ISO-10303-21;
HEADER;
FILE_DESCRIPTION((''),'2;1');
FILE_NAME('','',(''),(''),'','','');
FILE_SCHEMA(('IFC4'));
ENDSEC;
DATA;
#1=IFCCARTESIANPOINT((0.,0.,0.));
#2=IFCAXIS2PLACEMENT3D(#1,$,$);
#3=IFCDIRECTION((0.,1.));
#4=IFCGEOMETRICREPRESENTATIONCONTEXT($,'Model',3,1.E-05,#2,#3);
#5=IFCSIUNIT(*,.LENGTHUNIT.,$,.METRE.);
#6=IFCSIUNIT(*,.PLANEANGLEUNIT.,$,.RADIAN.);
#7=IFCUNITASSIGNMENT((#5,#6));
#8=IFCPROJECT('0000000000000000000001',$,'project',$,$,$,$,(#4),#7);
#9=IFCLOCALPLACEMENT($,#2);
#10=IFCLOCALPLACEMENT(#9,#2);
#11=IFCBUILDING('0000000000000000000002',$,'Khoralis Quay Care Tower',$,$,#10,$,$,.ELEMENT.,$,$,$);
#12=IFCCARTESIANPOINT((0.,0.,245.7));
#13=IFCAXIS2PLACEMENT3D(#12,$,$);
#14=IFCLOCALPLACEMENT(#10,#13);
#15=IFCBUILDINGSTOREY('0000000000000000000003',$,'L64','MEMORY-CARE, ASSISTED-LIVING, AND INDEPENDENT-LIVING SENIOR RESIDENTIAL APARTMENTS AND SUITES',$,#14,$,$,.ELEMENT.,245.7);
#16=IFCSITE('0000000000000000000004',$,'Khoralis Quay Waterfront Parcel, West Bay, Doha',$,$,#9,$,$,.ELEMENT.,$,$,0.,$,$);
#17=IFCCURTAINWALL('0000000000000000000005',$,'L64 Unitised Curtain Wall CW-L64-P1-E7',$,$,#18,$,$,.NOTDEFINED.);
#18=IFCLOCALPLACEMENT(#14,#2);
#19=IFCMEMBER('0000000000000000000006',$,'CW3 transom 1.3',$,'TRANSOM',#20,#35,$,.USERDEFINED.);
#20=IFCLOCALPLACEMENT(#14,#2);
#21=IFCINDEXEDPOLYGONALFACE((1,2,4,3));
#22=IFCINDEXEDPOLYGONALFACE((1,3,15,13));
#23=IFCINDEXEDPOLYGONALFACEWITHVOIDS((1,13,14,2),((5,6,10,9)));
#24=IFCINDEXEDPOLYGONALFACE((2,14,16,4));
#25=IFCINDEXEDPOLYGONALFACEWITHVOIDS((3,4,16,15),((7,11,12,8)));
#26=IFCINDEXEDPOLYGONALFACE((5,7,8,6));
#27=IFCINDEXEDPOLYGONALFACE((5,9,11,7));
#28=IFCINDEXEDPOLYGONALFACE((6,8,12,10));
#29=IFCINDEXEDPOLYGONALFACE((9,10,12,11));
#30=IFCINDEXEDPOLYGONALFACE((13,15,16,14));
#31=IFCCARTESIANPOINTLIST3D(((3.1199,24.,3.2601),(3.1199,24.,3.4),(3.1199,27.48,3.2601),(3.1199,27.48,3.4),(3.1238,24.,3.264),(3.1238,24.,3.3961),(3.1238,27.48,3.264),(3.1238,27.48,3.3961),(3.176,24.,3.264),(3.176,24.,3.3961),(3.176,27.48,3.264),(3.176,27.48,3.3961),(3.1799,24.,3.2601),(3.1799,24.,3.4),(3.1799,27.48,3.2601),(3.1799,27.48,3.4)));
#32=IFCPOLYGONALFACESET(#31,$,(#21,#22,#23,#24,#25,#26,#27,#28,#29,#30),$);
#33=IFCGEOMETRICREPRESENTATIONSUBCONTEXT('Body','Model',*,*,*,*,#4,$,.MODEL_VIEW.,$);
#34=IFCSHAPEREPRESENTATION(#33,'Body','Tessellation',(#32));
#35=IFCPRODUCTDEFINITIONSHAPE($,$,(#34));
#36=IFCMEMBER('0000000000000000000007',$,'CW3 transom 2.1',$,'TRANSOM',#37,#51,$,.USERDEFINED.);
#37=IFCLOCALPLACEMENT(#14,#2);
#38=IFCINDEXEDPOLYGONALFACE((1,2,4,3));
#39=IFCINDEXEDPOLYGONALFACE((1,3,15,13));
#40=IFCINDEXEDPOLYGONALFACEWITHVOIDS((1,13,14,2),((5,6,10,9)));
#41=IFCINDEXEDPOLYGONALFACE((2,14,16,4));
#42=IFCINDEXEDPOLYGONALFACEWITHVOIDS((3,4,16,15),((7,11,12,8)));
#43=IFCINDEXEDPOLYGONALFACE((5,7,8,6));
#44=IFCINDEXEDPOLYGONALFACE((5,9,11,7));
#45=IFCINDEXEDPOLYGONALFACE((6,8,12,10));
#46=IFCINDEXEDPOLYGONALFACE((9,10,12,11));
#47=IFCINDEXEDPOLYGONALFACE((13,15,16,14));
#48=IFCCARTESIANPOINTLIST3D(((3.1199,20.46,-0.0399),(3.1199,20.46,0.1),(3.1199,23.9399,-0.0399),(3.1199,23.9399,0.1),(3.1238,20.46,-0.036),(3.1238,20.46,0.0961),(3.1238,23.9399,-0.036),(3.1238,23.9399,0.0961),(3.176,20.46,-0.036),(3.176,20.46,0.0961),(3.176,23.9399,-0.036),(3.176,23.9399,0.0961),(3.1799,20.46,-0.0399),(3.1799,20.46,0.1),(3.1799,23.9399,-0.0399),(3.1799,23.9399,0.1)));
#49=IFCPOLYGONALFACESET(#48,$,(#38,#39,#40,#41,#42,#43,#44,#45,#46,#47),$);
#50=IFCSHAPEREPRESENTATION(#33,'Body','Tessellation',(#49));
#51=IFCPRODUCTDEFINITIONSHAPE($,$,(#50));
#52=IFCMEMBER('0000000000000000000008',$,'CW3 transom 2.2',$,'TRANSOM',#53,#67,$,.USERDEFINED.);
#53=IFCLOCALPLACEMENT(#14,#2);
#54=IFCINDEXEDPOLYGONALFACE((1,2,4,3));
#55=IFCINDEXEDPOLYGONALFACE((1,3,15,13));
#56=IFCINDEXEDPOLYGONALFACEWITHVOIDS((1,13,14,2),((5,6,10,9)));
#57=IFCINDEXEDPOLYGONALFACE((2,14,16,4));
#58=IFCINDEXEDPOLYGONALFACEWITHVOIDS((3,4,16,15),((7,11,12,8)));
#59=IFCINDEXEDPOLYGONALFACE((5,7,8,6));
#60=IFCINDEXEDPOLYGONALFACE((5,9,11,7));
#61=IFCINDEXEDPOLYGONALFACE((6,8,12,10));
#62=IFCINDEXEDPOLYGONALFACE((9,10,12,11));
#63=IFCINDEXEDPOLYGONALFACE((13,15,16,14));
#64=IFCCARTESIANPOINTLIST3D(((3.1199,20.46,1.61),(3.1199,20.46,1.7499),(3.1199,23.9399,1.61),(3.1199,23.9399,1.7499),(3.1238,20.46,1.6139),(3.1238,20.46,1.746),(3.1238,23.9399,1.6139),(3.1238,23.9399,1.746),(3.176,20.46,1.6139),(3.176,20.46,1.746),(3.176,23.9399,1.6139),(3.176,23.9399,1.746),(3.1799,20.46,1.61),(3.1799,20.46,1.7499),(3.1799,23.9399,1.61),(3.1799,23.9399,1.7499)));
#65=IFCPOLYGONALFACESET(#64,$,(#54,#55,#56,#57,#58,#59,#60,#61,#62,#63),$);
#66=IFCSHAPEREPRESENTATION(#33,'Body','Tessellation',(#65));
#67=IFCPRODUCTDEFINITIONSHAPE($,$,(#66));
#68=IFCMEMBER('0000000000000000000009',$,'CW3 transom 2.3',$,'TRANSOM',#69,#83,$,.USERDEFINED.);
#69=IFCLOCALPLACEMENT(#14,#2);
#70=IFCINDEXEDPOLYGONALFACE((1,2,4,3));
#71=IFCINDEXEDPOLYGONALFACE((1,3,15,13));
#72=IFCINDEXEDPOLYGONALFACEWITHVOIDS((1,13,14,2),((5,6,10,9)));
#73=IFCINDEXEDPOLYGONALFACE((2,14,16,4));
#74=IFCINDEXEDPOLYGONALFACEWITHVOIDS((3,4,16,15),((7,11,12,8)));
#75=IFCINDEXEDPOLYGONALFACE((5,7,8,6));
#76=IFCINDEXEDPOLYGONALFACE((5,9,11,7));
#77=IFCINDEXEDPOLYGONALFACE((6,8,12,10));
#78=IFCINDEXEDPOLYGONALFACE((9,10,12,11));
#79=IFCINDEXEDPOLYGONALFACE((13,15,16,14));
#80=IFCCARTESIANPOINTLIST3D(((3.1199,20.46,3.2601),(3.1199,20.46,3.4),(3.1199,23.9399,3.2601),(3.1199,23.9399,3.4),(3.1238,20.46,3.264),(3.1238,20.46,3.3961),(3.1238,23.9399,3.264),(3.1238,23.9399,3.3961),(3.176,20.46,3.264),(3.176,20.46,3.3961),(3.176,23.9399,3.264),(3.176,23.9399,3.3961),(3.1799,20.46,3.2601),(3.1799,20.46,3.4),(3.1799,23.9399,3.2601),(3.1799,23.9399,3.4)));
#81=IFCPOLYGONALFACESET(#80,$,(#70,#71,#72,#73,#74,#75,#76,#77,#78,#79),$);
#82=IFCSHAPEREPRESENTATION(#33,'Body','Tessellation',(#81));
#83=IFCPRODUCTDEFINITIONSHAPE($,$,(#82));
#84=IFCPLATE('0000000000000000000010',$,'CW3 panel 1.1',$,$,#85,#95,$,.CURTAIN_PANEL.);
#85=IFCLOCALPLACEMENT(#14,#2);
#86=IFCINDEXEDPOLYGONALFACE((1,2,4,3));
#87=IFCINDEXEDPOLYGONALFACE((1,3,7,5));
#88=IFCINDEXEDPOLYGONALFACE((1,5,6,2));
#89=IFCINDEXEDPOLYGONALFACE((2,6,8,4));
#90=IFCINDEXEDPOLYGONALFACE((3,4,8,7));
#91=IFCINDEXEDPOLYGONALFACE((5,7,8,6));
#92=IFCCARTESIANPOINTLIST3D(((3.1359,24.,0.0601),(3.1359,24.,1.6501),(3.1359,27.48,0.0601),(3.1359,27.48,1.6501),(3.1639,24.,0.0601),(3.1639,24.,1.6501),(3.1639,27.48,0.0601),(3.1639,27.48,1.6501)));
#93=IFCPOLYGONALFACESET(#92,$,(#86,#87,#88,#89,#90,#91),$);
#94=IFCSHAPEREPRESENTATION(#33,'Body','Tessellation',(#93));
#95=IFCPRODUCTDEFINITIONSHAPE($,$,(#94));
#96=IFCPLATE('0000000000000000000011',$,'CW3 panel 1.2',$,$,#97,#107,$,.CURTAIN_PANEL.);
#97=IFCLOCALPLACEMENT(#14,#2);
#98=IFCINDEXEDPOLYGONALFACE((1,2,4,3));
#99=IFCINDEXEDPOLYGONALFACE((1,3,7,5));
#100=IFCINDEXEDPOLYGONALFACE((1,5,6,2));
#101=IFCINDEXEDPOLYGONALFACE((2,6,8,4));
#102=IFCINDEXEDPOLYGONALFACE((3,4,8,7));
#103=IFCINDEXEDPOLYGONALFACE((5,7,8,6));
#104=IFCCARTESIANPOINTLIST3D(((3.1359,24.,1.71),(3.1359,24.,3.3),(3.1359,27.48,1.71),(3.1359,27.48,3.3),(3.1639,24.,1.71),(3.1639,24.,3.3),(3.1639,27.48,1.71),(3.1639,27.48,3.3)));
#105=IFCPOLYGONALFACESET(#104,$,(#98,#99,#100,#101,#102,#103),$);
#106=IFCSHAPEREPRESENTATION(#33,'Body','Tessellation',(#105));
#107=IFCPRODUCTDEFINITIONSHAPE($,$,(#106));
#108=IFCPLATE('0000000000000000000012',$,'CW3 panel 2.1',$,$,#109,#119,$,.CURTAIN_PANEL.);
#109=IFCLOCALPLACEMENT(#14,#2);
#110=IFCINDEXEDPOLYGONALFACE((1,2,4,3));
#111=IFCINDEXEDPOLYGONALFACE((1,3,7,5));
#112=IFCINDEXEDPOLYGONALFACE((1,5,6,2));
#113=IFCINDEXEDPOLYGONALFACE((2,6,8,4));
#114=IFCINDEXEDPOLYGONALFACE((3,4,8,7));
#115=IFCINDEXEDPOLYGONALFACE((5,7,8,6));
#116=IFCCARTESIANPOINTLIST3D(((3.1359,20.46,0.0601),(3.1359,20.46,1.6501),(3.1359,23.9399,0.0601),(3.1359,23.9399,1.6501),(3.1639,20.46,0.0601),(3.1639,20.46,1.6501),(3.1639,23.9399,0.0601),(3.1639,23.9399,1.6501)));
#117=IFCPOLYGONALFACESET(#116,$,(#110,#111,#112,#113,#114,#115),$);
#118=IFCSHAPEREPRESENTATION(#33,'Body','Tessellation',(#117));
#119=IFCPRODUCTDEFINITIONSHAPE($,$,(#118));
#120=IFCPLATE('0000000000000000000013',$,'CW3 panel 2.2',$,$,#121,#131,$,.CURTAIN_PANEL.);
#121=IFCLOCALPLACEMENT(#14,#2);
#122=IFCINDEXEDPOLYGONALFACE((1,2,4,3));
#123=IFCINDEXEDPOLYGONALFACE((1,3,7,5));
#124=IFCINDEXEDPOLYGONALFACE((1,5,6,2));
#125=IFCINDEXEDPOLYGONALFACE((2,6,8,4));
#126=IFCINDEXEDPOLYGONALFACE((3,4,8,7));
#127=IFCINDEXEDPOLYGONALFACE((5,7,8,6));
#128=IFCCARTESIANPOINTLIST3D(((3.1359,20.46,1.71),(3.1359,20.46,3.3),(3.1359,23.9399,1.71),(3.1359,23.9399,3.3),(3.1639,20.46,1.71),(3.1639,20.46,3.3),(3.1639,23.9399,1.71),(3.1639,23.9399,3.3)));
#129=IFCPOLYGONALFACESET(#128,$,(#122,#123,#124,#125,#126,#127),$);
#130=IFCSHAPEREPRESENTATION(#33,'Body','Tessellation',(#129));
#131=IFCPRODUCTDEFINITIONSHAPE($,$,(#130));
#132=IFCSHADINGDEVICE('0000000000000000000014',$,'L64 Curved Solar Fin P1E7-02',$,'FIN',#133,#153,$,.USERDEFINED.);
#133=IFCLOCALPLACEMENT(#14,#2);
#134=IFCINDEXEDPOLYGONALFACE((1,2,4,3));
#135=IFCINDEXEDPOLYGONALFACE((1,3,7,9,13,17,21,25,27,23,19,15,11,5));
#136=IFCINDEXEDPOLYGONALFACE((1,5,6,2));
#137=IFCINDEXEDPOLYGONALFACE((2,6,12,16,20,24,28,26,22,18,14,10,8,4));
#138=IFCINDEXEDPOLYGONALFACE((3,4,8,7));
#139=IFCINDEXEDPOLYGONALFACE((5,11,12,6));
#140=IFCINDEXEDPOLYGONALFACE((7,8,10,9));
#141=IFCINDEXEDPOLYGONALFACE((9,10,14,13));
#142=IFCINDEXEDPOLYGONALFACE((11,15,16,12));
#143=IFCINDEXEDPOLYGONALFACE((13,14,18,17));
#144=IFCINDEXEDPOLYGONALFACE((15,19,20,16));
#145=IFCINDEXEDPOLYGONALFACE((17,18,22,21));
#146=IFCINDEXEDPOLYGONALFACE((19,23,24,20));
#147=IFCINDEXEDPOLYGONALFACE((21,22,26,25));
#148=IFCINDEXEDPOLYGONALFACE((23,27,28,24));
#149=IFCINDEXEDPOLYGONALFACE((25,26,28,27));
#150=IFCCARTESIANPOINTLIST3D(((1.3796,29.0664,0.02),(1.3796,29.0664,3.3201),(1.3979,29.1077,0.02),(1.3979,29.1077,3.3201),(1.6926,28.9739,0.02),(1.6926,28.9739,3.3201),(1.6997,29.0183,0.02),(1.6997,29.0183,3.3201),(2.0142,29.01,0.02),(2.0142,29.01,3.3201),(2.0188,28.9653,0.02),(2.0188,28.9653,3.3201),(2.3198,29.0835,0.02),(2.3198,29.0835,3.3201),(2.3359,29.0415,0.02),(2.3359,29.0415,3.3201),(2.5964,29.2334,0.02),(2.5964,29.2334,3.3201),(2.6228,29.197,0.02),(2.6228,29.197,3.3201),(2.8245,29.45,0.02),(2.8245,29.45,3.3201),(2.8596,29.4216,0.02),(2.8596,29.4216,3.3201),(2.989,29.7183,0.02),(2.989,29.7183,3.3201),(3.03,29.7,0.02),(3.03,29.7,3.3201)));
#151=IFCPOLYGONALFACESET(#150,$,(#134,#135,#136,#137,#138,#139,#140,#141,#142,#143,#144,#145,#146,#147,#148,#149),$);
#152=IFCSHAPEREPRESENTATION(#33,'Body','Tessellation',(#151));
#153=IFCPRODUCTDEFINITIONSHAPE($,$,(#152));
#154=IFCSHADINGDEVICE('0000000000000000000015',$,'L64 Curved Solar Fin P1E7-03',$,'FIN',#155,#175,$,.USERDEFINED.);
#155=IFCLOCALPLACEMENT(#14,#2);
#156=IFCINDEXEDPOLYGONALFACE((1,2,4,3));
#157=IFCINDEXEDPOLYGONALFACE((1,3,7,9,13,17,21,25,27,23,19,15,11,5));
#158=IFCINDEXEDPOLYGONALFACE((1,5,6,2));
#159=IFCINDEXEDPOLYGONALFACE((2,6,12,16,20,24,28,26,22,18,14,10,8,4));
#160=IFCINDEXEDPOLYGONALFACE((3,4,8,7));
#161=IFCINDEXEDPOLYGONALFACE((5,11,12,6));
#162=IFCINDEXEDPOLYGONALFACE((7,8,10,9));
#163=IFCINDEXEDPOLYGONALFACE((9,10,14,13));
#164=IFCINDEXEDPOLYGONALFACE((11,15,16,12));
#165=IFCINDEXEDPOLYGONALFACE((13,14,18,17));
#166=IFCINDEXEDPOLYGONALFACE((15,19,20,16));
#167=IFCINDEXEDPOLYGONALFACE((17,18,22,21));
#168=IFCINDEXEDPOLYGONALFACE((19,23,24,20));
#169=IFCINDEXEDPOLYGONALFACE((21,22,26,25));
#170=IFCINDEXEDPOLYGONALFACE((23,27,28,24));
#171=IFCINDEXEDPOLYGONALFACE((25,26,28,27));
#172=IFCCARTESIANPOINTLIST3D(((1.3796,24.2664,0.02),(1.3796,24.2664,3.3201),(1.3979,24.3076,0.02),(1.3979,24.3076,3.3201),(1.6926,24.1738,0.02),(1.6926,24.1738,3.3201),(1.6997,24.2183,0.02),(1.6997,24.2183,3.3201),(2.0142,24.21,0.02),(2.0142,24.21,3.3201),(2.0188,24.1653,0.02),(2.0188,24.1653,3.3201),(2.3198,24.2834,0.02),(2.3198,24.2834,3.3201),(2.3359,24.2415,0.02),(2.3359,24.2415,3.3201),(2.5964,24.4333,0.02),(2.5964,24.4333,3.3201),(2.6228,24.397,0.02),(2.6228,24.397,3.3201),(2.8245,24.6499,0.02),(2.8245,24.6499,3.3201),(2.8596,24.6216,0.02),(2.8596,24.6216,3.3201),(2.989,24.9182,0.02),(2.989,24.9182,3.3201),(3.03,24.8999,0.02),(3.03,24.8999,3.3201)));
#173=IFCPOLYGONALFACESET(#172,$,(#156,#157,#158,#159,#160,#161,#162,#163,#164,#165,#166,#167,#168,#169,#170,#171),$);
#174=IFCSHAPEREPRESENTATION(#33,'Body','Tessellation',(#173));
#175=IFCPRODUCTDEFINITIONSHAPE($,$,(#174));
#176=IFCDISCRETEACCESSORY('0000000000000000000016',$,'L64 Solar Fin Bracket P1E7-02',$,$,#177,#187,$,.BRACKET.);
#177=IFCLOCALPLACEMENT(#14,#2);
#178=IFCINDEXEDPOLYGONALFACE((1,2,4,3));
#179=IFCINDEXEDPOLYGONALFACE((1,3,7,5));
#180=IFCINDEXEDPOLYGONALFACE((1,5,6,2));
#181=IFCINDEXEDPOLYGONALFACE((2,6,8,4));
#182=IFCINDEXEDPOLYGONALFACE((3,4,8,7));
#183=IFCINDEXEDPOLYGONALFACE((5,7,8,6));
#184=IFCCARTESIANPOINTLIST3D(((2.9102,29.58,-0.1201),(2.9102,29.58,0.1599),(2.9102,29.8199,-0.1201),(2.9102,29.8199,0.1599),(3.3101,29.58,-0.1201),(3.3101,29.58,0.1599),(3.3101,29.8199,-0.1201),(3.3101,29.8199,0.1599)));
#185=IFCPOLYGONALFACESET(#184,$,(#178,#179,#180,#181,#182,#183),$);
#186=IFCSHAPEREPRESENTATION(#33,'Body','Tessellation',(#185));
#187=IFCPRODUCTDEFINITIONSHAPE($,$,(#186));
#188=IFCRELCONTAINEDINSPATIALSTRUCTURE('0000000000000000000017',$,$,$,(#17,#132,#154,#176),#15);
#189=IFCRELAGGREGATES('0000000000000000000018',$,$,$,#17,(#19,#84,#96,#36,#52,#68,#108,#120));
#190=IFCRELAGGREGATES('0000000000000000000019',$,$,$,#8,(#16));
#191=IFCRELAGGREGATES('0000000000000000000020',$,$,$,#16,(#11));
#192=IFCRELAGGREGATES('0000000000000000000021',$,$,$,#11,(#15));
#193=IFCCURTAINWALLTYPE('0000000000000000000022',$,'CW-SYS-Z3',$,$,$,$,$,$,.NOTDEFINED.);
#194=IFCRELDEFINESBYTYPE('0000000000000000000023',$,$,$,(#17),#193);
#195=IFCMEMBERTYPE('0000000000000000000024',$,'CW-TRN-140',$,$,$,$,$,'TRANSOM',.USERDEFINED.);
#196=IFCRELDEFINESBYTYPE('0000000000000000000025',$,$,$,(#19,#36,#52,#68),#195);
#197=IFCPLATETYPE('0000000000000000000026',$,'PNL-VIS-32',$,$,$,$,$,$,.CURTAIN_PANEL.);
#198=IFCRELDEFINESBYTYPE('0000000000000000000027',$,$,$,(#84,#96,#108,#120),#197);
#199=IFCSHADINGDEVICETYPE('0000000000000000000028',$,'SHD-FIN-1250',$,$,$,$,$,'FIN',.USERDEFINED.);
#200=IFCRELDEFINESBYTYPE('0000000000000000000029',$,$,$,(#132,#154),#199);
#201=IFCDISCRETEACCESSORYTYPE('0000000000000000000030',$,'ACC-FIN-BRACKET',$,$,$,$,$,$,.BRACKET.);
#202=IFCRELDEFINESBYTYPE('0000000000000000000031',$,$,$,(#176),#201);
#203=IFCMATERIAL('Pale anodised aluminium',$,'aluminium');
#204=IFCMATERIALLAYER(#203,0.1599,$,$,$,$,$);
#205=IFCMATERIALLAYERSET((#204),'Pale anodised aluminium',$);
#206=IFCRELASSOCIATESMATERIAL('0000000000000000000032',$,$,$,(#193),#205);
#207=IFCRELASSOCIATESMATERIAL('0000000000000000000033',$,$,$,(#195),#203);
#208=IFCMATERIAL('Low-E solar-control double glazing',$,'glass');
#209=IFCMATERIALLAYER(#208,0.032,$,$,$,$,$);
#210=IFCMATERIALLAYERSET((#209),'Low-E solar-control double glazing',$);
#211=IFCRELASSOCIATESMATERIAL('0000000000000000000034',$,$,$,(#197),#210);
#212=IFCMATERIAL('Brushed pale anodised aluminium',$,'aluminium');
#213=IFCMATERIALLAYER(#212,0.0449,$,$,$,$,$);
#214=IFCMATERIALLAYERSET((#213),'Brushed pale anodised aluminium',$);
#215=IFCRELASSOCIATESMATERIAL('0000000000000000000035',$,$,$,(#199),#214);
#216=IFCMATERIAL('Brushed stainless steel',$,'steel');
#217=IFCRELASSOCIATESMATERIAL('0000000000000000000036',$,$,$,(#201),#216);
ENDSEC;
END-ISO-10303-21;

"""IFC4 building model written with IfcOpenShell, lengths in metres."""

from ifc_helpers import new_model, si_unit, direction, frame, origin, origin_2d, place, context, subcontext, project, spatial, polyline, rectangle, hollow_rectangle, outline, extrude, source, transform, mapped, material, layer, layer_set, material_profile, profile_set, type_object, element, aggregate, save


model = new_model("IFC4")

# Units and contexts
model_context = context("Model", 3, precision=1e-05, world=origin(), true_north=direction((0.0, 1.0)))
body_context = subcontext(model_context, "Body", "Model", "MODEL_VIEW")
ifc_project = project(units=[si_unit("LENGTHUNIT", "METRE"), si_unit("PLANEANGLEUNIT", "RADIAN")], contexts=[model_context])

# Site, building, storey
site_placement = place(None, origin())
site = spatial("IfcSite", under=ifc_project, at=site_placement, Name="Khoralis Quay Waterfront Parcel, West Bay, Doha", CompositionType="ELEMENT", RefElevation=0.0)
building_placement = place(site_placement, origin())
building = spatial("IfcBuilding", under=site, at=building_placement, Name="Khoralis Quay Care Tower", CompositionType="ELEMENT")
storey_placement = place(building_placement, frame((0.0, 0.0, 245.7)))
storey = spatial("IfcBuildingStorey", under=building, at=storey_placement, Name="L64", Description="MEMORY-CARE, ASSISTED-LIVING, AND INDEPENDENT-LIVING SENIOR RESIDENTIAL APARTMENTS AND SUITES", CompositionType="ELEMENT", Elevation=245.7)

# Curtain wall, members, plates
ifc_material_1 = material(Name="Pale anodised aluminium", Category="aluminium")
ifc_layer_1 = layer(ifc_material_1, 0.1599)
ifc_layer_set_1 = layer_set([ifc_layer_1], Name="Pale anodised aluminium")
curtain_wall_type = type_object("IfcCurtainWallType", Name="CW-SYS-Z3", PredefinedType="NOTDEFINED", material=ifc_layer_set_1)
curtain_wall_placement = place(storey_placement, origin())
curtain_wall = element("IfcCurtainWall", 1, at=curtain_wall_placement, inside=storey, type_object=curtain_wall_type, Name="L64 Unitised Curtain Wall CW-L64-P1-E7", PredefinedType="NOTDEFINED")
ifc_material_profile_1 = material_profile(ifc_material_1, hollow_rectangle(XDim=0.0601, YDim=0.1399, WallThickness=0.0039, at=origin_2d()), Name="Pale anodised aluminium")
ifc_profile_set_1 = profile_set([ifc_material_profile_1], Name="Pale anodised aluminium")
member_type_1 = type_object("IfcMemberType", Name="CW-TRN-140", ElementType="TRANSOM", PredefinedType="USERDEFINED", material=ifc_profile_set_1)
shared_shape_1 = source(origin(), body_context, "Body", "SweptSolid", [
    extrude(hollow_rectangle(XDim=0.0601, YDim=0.1399, WallThickness=0.0039, at=origin_2d()), origin(), (0.0, 0.0, 1.0), 3.48),
])
member_1_placement = place(storey_placement, frame((3.1499, 27.48, 3.3301), z_axis=(0.0, -1.0, 0.0), x_axis=(1.0, 0.0, 0.0)))
member_1 = element("IfcMember", 2, at=member_1_placement, type_object=member_type_1, Name="CW3 transom 1.3", ObjectType="TRANSOM", PredefinedType="USERDEFINED", context=body_context, shape_type="MappedRepresentation", body=[
    mapped(shared_shape_1, transform((0.0, 0.0, 0.0), scale=1.0)),
])
member_2_placement = place(storey_placement, frame((3.1499, 23.9399, 0.03), z_axis=(0.0, -1.0, 0.0), x_axis=(1.0, 0.0, 0.0)))
member_2 = element("IfcMember", 3, at=member_2_placement, type_object=member_type_1, Name="CW3 transom 2.1", ObjectType="TRANSOM", PredefinedType="USERDEFINED", context=body_context, shape_type="MappedRepresentation", body=[
    mapped(shared_shape_1, transform((0.0, 0.0, 0.0), scale=1.0)),
])
member_3_placement = place(storey_placement, frame((3.1499, 23.9399, 1.6799), z_axis=(0.0, -1.0, 0.0), x_axis=(1.0, 0.0, 0.0)))
member_3 = element("IfcMember", 4, at=member_3_placement, type_object=member_type_1, Name="CW3 transom 2.2", ObjectType="TRANSOM", PredefinedType="USERDEFINED", context=body_context, shape_type="MappedRepresentation", body=[
    mapped(shared_shape_1, transform((0.0, 0.0, 0.0), scale=1.0)),
])
member_4_placement = place(storey_placement, frame((3.1499, 23.9399, 3.3301), z_axis=(0.0, -1.0, 0.0), x_axis=(1.0, 0.0, 0.0)))
member_4 = element("IfcMember", 5, at=member_4_placement, type_object=member_type_1, Name="CW3 transom 2.3", ObjectType="TRANSOM", PredefinedType="USERDEFINED", context=body_context, shape_type="MappedRepresentation", body=[
    mapped(shared_shape_1, transform((0.0, 0.0, 0.0), scale=1.0)),
])
ifc_material_2 = material(Name="Low-E solar-control double glazing", Category="glass")
ifc_layer_2 = layer(ifc_material_2, 0.032)
ifc_layer_set_2 = layer_set([ifc_layer_2], Name="Low-E solar-control double glazing")
plate_type = type_object("IfcPlateType", Name="PNL-VIS-32", PredefinedType="CURTAIN_PANEL", material=ifc_layer_set_2)
shared_shape_2 = source(origin(), body_context, "Body", "SweptSolid", [
    extrude(rectangle(XDim=3.48, YDim=0.0281, at=origin_2d()), origin(), (0.0, 0.0, 1.0), 1.5901),
])
plate_1_placement = place(storey_placement, frame((3.1499, 25.74, 0.0601), z_axis=(0.0, 0.0, 1.0), x_axis=(0.0, -1.0, 0.0)))
plate_1 = element("IfcPlate", 6, at=plate_1_placement, type_object=plate_type, Name="CW3 panel 1.1", PredefinedType="CURTAIN_PANEL", context=body_context, shape_type="MappedRepresentation", body=[
    mapped(shared_shape_2, transform((0.0, 0.0, 0.0), scale=1.0)),
])
plate_2_placement = place(storey_placement, frame((3.1499, 25.74, 1.71), z_axis=(0.0, 0.0, 1.0), x_axis=(0.0, -1.0, 0.0)))
plate_2 = element("IfcPlate", 7, at=plate_2_placement, type_object=plate_type, Name="CW3 panel 1.2", PredefinedType="CURTAIN_PANEL", context=body_context, shape_type="MappedRepresentation", body=[
    mapped(shared_shape_2, transform((0.0, 0.0, 0.0), scale=1.0)),
])
plate_3_placement = place(storey_placement, frame((3.1499, 22.2, 0.0601), z_axis=(0.0, 0.0, 1.0), x_axis=(0.0, -1.0, 0.0)))
plate_3 = element("IfcPlate", 8, at=plate_3_placement, type_object=plate_type, Name="CW3 panel 2.1", PredefinedType="CURTAIN_PANEL", context=body_context, shape_type="MappedRepresentation", body=[
    mapped(shared_shape_2, transform((0.0, 0.0, 0.0), scale=1.0)),
])
plate_4_placement = place(storey_placement, frame((3.1499, 22.2, 1.71), z_axis=(0.0, 0.0, 1.0), x_axis=(0.0, -1.0, 0.0)))
plate_4 = element("IfcPlate", 9, at=plate_4_placement, type_object=plate_type, Name="CW3 panel 2.2", PredefinedType="CURTAIN_PANEL", context=body_context, shape_type="MappedRepresentation", body=[
    mapped(shared_shape_2, transform((0.0, 0.0, 0.0), scale=1.0)),
])
aggregate(curtain_wall, [member_1, plate_1, plate_2, member_2, member_3, member_4, plate_3, plate_4])

# Shading devices
ifc_material_3 = material(Name="Brushed pale anodised aluminium", Category="aluminium")
ifc_layer_3 = layer(ifc_material_3, 0.0449)
ifc_layer_set_3 = layer_set([ifc_layer_3], Name="Brushed pale anodised aluminium")
shading_device_type = type_object("IfcShadingDeviceType", Name="SHD-FIN-1250", ElementType="FIN", PredefinedType="USERDEFINED", material=ifc_layer_set_3)
shared_shape_3 = source(origin(), body_context, "Body", "SweptSolid", [
    extrude(outline(polyline([(0.0, 0.0), (0.1704, 0.2783), (0.4072, 0.5029), (0.6941, 0.6584), (1.0112, 0.7346), (1.3374, 0.7261), (1.6504, 0.6335), (1.6321, 0.5923), (1.3303, 0.6816), (1.0159, 0.6899), (0.7102, 0.6165), (0.4336, 0.4666), (0.2056, 0.25), (0.041, -0.0183), (0.0, 0.0)])), origin(), (0.0, 0.0, 1.0), 3.3),
])
for number, where, z_axis, x_axis, name in (
    (10, (3.03, 29.7, 0.02), (0.0, 0.0, 1.0), (-1.0, 0.0, 0.0), "L64 Curved Solar Fin P1E7-02"),
    (11, (3.03, 24.8999, 0.02), (0.0, 0.0, 1.0), (-1.0, 0.0, 0.0), "L64 Curved Solar Fin P1E7-03"),
):
    element("IfcShadingDevice", number, at=place(storey_placement, frame(where, z_axis=z_axis, x_axis=x_axis)), inside=storey, type_object=shading_device_type, Name=name, ObjectType="FIN", PredefinedType="USERDEFINED", context=body_context, shape_type="MappedRepresentation", body=[
        mapped(shared_shape_3, transform((0.0, 0.0, 0.0), scale=1.0)),
    ])

# Discrete accessory
ifc_material_4 = material(Name="Brushed stainless steel", Category="steel")
discrete_accessory_type = type_object("IfcDiscreteAccessoryType", Name="ACC-FIN-BRACKET", PredefinedType="BRACKET", material=ifc_material_4)
shared_shape_4 = source(origin(), body_context, "Body", "SweptSolid", [
    extrude(rectangle(XDim=0.3999, YDim=0.24, at=origin_2d()), origin(), (0.0, 0.0, 1.0), 0.28),
])
for number, where, z_axis, x_axis, name in (
    (12, (3.1101, 29.7, -0.1201), (0.0, 0.0, 1.0), (-1.0, 0.0, 0.0), "L64 Solar Fin Bracket P1E7-02"),
):
    element("IfcDiscreteAccessory", number, at=place(storey_placement, frame(where, z_axis=z_axis, x_axis=x_axis)), inside=storey, type_object=discrete_accessory_type, Name=name, PredefinedType="BRACKET", context=body_context, shape_type="MappedRepresentation", body=[
        mapped(shared_shape_4, transform((0.0, 0.0, 0.0), scale=1.0)),
    ])

save(model, "model.ifc")
